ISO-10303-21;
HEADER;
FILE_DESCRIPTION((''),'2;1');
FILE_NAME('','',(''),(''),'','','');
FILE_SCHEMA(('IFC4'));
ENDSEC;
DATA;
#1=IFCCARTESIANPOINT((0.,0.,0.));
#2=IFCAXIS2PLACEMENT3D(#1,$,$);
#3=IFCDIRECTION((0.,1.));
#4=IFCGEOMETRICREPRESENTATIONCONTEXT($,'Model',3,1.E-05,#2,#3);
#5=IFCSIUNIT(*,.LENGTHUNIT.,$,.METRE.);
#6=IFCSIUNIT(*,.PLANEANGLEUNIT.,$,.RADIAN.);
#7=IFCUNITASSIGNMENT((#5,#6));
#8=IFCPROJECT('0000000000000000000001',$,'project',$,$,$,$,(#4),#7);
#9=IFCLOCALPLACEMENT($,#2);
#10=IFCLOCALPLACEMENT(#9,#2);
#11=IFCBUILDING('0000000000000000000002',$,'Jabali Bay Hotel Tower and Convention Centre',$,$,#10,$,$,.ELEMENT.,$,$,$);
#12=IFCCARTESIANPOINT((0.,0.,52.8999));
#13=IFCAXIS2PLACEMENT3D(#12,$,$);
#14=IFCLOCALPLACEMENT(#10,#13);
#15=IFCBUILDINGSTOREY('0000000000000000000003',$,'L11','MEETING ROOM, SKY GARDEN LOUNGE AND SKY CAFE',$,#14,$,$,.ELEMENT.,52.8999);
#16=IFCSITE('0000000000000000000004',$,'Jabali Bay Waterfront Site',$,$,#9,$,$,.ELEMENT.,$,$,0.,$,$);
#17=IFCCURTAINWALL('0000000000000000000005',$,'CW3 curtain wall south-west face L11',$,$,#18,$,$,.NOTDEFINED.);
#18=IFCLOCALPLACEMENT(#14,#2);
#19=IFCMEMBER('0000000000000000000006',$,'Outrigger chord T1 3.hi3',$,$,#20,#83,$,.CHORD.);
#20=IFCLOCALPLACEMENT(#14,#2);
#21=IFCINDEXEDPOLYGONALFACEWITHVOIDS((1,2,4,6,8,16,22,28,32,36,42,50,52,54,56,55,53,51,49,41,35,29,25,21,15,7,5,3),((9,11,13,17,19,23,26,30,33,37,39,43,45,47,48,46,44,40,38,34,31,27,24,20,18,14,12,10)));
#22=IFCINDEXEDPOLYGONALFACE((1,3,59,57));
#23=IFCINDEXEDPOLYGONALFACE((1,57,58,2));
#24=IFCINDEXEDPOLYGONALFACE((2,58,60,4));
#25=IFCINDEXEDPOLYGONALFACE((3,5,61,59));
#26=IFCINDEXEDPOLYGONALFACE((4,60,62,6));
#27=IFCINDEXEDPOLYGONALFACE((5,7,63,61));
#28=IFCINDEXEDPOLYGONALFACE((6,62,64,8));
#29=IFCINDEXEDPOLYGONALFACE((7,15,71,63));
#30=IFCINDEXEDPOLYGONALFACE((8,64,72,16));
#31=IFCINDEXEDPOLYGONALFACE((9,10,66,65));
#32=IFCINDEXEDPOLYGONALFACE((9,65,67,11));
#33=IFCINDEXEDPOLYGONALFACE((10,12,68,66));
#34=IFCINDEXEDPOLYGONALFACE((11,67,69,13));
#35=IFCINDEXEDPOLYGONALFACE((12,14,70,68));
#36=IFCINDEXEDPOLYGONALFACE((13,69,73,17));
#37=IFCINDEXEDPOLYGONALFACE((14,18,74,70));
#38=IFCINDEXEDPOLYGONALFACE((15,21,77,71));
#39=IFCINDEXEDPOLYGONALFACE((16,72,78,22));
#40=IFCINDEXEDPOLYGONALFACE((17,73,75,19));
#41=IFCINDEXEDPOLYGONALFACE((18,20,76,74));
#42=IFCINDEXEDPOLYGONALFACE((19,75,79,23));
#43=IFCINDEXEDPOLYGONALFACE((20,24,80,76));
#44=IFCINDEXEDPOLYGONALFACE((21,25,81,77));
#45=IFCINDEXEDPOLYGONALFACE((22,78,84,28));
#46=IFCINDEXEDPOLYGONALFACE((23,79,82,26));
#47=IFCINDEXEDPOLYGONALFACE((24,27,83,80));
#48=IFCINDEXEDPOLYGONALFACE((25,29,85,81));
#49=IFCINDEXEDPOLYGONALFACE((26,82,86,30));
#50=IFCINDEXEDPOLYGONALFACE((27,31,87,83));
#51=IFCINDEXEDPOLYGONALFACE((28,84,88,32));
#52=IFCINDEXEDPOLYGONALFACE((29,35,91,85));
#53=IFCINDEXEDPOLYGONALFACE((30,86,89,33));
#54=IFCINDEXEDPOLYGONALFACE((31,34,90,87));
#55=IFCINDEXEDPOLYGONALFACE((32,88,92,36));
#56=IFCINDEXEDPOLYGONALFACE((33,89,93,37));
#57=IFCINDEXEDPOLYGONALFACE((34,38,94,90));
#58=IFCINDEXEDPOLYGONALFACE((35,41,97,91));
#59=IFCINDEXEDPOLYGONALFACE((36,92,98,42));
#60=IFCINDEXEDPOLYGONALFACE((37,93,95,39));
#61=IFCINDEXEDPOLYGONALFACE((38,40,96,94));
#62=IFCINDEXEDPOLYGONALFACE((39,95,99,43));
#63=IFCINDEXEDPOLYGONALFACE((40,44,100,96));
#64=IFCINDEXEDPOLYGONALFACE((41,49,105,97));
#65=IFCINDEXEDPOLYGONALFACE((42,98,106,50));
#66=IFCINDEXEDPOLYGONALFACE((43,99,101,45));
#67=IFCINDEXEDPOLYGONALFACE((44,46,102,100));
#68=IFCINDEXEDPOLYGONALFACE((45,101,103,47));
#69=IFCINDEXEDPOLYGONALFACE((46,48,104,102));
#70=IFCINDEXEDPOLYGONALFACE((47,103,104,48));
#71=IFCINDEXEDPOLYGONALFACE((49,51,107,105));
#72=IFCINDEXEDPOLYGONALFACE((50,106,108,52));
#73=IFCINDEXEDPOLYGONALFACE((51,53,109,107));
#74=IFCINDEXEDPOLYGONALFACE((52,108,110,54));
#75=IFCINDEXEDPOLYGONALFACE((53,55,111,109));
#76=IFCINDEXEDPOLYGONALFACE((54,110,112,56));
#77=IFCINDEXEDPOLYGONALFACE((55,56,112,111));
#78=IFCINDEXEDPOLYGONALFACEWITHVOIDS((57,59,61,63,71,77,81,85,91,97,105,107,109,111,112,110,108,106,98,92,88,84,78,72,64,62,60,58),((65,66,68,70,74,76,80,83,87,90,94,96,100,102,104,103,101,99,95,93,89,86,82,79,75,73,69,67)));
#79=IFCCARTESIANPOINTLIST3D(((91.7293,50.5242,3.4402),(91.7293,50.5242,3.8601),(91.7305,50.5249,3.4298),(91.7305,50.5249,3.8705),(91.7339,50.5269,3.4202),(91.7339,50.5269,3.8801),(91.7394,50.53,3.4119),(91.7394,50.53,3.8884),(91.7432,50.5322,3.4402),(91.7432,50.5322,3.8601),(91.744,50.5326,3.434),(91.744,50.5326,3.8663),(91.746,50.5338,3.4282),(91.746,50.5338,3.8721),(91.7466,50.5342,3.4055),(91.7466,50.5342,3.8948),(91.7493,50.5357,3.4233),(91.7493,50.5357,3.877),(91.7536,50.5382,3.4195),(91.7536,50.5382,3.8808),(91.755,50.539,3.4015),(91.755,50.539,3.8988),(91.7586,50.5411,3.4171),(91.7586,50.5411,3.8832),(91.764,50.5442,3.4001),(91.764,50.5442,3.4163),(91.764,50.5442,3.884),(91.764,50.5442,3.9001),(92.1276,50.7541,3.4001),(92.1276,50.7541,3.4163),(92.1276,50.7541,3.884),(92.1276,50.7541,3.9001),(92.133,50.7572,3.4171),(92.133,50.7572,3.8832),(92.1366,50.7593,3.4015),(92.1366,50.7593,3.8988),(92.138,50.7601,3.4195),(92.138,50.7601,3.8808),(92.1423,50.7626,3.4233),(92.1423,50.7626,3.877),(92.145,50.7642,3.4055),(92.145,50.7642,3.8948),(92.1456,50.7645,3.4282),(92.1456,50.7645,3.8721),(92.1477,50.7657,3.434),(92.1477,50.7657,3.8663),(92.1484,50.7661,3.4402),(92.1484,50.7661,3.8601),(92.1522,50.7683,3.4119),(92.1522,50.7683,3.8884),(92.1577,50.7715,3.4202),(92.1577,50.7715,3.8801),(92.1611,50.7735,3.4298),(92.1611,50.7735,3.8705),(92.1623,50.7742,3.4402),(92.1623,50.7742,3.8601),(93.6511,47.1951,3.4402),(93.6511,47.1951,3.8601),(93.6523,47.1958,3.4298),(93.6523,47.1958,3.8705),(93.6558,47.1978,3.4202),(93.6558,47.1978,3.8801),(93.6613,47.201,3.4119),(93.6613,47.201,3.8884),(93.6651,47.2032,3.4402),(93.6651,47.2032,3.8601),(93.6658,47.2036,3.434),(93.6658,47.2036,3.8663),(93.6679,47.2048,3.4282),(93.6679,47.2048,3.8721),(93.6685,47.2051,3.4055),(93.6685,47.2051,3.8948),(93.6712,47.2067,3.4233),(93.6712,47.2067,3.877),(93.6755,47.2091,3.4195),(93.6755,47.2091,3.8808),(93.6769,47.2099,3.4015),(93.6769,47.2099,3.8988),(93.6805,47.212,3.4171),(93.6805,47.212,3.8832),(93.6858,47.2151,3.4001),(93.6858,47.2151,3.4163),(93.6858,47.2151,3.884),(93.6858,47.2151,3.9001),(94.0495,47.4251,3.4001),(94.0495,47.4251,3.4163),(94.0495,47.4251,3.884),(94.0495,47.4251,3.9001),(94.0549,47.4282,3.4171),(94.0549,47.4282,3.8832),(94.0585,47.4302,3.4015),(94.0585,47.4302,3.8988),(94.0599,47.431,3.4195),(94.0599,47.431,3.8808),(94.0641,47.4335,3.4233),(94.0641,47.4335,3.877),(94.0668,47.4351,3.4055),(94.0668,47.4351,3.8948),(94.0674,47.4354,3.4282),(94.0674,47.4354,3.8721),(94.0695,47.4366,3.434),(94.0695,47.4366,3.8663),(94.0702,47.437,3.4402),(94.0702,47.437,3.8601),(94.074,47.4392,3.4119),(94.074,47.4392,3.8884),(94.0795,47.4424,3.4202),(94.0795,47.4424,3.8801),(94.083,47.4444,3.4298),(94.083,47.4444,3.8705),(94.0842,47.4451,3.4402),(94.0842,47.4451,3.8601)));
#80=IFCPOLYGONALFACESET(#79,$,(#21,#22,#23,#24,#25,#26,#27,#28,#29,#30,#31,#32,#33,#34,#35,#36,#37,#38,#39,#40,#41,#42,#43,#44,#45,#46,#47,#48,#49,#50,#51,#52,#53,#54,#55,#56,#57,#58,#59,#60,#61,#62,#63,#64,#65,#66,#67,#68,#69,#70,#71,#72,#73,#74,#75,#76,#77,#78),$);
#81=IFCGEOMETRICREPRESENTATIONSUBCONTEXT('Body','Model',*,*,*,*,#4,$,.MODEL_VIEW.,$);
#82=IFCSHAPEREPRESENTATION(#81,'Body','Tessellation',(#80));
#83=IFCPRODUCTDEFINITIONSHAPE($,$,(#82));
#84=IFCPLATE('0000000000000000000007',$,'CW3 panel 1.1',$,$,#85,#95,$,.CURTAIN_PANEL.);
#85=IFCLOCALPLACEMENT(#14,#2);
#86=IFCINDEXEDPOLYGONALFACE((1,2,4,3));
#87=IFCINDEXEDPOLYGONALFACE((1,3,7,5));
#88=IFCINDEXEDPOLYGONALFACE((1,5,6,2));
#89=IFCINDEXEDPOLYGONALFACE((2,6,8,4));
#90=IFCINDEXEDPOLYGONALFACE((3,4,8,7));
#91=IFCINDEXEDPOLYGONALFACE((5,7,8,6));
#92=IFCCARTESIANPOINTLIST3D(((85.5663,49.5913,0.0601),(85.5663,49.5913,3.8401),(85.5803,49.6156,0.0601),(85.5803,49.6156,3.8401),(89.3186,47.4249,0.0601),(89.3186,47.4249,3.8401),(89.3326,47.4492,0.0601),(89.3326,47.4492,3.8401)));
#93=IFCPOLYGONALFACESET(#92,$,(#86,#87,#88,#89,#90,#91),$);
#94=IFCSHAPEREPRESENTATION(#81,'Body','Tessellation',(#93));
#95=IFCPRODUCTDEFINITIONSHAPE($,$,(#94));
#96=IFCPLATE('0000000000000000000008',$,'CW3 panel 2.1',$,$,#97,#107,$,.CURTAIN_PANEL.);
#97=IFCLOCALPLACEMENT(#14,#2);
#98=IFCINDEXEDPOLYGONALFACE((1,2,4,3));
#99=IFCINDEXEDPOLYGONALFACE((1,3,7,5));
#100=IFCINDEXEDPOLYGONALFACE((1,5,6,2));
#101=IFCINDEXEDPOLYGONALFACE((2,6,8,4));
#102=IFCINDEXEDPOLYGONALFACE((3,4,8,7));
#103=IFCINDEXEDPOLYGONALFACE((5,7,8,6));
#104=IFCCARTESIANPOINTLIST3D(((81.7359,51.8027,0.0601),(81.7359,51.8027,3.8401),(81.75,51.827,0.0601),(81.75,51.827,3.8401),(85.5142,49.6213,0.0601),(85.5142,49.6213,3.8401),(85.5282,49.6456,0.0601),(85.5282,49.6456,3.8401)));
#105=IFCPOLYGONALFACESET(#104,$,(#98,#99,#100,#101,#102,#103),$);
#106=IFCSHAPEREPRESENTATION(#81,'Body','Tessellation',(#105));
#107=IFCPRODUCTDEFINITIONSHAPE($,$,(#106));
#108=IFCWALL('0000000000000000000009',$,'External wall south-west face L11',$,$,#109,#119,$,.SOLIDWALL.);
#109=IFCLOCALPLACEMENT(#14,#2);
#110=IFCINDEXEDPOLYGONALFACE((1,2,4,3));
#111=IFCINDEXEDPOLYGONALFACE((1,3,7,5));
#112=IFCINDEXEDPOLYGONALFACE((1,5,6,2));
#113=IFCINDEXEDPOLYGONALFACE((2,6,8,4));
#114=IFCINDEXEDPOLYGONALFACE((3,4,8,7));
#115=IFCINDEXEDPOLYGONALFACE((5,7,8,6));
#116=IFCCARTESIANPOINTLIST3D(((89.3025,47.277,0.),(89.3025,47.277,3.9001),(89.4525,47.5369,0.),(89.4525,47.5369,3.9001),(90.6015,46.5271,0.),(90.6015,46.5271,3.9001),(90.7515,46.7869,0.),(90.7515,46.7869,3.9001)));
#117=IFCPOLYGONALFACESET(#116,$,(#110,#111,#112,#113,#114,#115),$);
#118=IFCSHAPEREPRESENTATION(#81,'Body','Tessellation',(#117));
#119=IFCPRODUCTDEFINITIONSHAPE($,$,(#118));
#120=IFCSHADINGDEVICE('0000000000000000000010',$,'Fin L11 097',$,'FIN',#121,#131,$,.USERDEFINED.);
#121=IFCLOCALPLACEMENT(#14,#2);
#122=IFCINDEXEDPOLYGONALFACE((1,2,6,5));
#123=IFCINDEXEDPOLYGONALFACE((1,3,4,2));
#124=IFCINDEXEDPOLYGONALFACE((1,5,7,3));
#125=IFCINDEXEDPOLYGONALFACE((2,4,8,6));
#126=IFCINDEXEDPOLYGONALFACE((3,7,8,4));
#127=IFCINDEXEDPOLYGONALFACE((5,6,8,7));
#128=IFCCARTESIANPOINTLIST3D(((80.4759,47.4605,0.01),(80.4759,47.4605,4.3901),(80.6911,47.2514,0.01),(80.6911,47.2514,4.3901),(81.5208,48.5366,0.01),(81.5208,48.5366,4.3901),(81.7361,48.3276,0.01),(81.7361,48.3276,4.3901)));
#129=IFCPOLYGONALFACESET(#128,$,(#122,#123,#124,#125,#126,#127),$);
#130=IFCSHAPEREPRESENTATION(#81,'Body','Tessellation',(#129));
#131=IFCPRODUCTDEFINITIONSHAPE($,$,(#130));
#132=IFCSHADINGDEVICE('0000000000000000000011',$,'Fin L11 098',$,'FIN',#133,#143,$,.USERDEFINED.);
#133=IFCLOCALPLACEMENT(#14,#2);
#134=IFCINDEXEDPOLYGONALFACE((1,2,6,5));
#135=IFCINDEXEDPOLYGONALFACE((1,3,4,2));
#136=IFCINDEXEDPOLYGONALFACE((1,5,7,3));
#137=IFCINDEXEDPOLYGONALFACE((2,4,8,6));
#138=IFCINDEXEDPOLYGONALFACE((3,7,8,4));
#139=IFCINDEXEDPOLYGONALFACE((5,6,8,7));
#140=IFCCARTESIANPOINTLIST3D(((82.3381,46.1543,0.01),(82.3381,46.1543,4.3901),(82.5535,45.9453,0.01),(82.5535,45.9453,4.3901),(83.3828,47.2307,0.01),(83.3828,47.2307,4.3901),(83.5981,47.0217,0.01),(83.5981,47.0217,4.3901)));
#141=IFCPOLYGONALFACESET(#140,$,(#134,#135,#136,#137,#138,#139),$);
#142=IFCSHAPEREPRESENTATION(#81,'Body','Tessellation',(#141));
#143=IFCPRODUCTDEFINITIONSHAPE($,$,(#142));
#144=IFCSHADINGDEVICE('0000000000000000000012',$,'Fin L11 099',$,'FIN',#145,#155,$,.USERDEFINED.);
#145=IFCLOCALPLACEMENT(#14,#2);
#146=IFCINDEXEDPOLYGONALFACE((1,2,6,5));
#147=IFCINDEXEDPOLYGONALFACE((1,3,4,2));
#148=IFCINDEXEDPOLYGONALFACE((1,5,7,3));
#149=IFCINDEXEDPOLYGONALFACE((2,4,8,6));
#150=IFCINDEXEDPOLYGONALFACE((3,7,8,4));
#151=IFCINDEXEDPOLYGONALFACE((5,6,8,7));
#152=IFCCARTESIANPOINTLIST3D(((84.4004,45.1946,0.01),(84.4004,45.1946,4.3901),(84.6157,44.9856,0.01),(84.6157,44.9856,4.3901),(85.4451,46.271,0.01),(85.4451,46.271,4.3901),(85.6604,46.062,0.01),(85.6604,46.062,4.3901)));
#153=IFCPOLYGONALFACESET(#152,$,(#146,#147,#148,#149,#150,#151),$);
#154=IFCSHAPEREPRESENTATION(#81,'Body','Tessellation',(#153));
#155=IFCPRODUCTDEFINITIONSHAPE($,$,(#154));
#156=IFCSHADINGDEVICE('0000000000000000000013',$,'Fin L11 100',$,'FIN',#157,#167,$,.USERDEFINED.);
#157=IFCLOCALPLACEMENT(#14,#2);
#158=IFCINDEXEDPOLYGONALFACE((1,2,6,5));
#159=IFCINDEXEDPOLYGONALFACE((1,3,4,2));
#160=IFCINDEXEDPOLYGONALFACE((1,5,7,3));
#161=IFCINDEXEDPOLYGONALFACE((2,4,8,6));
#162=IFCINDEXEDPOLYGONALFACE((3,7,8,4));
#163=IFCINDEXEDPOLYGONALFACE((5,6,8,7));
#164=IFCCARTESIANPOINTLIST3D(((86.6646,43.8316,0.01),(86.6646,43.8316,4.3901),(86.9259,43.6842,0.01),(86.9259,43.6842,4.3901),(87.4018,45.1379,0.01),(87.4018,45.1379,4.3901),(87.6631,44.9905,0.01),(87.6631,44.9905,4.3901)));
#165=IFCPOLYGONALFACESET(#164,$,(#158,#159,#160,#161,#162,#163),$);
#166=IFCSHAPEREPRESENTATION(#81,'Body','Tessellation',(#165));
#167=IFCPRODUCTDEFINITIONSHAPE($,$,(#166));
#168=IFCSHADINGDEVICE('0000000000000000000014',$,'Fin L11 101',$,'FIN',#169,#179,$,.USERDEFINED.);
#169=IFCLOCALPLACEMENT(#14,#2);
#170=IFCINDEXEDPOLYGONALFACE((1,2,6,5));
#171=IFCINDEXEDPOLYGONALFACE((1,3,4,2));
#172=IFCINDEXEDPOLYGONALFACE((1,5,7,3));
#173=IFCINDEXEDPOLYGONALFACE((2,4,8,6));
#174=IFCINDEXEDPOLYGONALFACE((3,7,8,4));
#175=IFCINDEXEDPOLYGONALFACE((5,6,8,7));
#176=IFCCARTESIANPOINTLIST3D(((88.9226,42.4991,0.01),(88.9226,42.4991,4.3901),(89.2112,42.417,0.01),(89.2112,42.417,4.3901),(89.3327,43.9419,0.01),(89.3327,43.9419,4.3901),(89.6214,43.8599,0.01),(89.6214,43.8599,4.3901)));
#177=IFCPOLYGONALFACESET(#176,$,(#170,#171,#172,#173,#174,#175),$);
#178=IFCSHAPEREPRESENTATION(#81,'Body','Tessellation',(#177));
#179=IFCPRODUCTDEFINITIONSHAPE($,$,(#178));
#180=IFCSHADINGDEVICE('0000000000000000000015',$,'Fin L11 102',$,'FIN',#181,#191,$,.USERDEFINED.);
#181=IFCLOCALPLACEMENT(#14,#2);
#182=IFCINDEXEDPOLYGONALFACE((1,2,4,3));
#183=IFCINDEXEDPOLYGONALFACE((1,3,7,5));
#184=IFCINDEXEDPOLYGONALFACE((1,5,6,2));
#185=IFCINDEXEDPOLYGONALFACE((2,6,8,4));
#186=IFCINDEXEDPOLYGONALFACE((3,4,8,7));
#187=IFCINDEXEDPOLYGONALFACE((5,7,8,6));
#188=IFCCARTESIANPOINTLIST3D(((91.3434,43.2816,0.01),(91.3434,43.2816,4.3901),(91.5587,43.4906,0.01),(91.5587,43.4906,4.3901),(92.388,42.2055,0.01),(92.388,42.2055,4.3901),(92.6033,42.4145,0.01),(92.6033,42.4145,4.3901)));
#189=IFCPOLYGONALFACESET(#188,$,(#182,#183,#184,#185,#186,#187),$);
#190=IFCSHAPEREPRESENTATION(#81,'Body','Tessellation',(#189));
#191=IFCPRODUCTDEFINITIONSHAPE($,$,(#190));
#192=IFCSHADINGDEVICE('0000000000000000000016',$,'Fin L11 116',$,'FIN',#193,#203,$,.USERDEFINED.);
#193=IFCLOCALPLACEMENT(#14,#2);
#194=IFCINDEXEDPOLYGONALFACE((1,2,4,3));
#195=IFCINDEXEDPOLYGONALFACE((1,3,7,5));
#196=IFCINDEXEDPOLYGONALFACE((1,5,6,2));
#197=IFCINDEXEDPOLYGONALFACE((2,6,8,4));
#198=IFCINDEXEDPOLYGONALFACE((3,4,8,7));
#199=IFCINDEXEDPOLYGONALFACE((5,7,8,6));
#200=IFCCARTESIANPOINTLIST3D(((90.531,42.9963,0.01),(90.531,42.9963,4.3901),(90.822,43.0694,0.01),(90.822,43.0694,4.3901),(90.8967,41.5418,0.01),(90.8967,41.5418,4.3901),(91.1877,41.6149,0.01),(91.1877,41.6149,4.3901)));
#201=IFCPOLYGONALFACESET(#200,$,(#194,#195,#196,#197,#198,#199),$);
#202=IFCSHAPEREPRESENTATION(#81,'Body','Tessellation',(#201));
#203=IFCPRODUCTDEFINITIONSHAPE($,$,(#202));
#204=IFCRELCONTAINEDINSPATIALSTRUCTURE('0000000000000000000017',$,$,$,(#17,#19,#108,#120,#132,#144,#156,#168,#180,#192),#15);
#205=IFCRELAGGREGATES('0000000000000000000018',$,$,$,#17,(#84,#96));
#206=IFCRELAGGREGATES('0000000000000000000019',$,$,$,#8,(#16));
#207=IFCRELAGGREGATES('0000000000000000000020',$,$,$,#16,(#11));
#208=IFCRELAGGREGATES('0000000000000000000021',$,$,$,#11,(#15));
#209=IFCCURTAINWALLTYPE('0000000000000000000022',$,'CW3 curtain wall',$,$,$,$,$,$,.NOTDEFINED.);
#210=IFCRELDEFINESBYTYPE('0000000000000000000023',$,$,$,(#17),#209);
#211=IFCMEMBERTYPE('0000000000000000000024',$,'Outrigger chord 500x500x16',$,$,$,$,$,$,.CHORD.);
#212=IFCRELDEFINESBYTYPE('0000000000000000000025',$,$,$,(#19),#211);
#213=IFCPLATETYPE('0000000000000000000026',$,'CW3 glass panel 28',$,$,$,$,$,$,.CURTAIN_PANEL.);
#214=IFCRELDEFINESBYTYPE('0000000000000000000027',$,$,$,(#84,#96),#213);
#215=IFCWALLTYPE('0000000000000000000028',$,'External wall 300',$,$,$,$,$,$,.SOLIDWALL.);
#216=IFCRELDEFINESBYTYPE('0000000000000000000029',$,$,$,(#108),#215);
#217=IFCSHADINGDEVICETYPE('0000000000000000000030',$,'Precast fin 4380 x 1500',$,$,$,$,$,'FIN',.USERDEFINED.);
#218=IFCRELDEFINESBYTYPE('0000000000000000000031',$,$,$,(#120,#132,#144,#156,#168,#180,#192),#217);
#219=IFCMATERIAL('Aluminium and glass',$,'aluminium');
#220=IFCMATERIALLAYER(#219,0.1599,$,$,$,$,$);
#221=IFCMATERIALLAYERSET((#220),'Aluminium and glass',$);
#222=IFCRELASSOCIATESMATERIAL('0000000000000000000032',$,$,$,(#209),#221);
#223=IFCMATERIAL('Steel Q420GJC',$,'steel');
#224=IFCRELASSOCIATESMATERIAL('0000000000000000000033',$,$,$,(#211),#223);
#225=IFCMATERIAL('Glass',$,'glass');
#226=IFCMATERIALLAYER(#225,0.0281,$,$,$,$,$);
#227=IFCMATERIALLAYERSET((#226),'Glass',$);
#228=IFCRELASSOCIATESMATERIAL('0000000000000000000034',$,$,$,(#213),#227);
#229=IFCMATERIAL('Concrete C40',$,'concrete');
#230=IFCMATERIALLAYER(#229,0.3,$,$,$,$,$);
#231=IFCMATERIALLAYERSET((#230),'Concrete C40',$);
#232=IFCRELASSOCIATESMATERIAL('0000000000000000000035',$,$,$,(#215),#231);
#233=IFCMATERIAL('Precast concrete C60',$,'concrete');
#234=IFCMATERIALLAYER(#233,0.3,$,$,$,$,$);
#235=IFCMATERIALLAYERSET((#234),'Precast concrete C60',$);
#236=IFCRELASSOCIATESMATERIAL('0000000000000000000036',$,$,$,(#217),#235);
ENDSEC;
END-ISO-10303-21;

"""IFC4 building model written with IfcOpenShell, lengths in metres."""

from ifc_helpers import new_model, si_unit, direction, frame, frame_2d, origin, origin_2d, place, context, subcontext, project, spatial, rectangle, hollow_rectangle, extrude, material, layer, layer_set, material_profile, profile_set, type_object, element, aggregate, save


model = new_model("IFC4")

# Units and contexts
model_context = context("Model", 3, precision=1e-05, world=origin(), true_north=direction((0.0, 1.0)))
body_context = subcontext(model_context, "Body", "Model", "MODEL_VIEW")
ifc_project = project(units=[si_unit("LENGTHUNIT", "METRE"), si_unit("PLANEANGLEUNIT", "RADIAN")], contexts=[model_context])

# Site, building, storey
site_placement = place(None, origin())
site = spatial("IfcSite", under=ifc_project, at=site_placement, Name="Jabali Bay Waterfront Site", CompositionType="ELEMENT", RefElevation=0.0)
building_placement = place(site_placement, origin())
building = spatial("IfcBuilding", under=site, at=building_placement, Name="Jabali Bay Hotel Tower and Convention Centre", CompositionType="ELEMENT")
storey_placement = place(building_placement, frame((0.0, 0.0, 52.8999)))
storey = spatial("IfcBuildingStorey", under=building, at=storey_placement, Name="L11", Description="MEETING ROOM, SKY GARDEN LOUNGE AND SKY CAFE", CompositionType="ELEMENT", Elevation=52.8999)

# Shared definitions
ifc_material_1 = material(Name="Steel Q420GJC", Category="steel")

# Curtain wall
ifc_material_2 = material(Name="Aluminium and glass", Category="aluminium")
ifc_layer_1 = layer(ifc_material_2, 0.1599)
ifc_layer_set_1 = layer_set([ifc_layer_1], Name="Aluminium and glass")
curtain_wall_type = type_object("IfcCurtainWallType", Name="CW3 curtain wall", PredefinedType="NOTDEFINED", material=ifc_layer_set_1)
curtain_wall_placement = place(storey_placement, origin())
curtain_wall = element("IfcCurtainWall", 1, at=curtain_wall_placement, inside=storey, type_object=curtain_wall_type, Name="CW3 curtain wall south-west face L11", PredefinedType="NOTDEFINED")

# Member
ifc_material_profile_1 = material_profile(ifc_material_1, hollow_rectangle(XDim=0.5, YDim=0.5, WallThickness=0.0161, InnerFilletRadius=0.0239, OuterFilletRadius=0.04, at=origin_2d()), Name="Outrigger chord 500x500x16")
ifc_profile_set_1 = profile_set([ifc_material_profile_1], Name="Steel Q420GJC")
member_type_1 = type_object("IfcMemberType", Name="Outrigger chord 500x500x16", PredefinedType="CHORD", material=ifc_profile_set_1)
member_1_placement = place(storey_placement, frame((91.9458, 50.6492, 3.6501), z_axis=(0.499964, -0.866046, 0.0), x_axis=(0.866046, 0.499964, 0.0)))
element("IfcMember", 2, at=member_1_placement, inside=storey, type_object=member_type_1, Name="Outrigger chord T1 3.hi3", PredefinedType="CHORD", context=body_context, shape_type="SweptSolid", body=[
    extrude(hollow_rectangle(XDim=0.5, YDim=0.5, WallThickness=0.0161, InnerFilletRadius=0.0239, OuterFilletRadius=0.04, at=origin_2d()), origin(), (0.0, 0.0, 1.0), 3.844),
])

# Plates
ifc_material_3 = material(Name="Glass", Category="glass")
ifc_layer_2 = layer(ifc_material_3, 0.0281)
ifc_layer_set_2 = layer_set([ifc_layer_2], Name="Glass")
plate_type = type_object("IfcPlateType", Name="CW3 glass panel 28", PredefinedType="CURTAIN_PANEL", material=ifc_layer_set_2)
plate_1_placement = place(storey_placement, frame((87.4495, 48.5203, 0.0601), z_axis=(0.0, 0.0, 1.0), x_axis=(-0.866025, 0.5, 0.0)))
plate_1 = element("IfcPlate", 3, at=plate_1_placement, type_object=plate_type, Name="CW3 panel 1.1", PredefinedType="CURTAIN_PANEL", context=body_context, shape_type="SweptSolid", body=[
    extrude(rectangle(XDim=4.3328, YDim=0.0281, at=origin_2d()), origin(), (0.0, 0.0, 1.0), 3.78),
])
plate_2_placement = place(storey_placement, frame((83.6321, 50.7241, 0.0601), z_axis=(0.0, 0.0, 1.0), x_axis=(-0.866025, 0.5, 0.0)))
plate_2 = element("IfcPlate", 4, at=plate_2_placement, type_object=plate_type, Name="CW3 panel 2.1", PredefinedType="CURTAIN_PANEL", context=body_context, shape_type="SweptSolid", body=[
    extrude(rectangle(XDim=4.3628, YDim=0.0281, at=origin_2d()), origin(), (0.0, 0.0, 1.0), 3.78),
])
aggregate(curtain_wall, [plate_1, plate_2])

# Wall
ifc_material_4 = material(Name="Concrete C40", Category="concrete")
ifc_layer_3 = layer(ifc_material_4, 0.3)
ifc_layer_set_3 = layer_set([ifc_layer_3], Name="Concrete C40")
wall_type = type_object("IfcWallType", Name="External wall 300", PredefinedType="SOLIDWALL", material=ifc_layer_set_3)
wall_placement = place(storey_placement, frame((90.6765, 46.657, 0.0), z_axis=(0.0, 0.0, 1.0), x_axis=(-0.866031, 0.49999, 0.0)))
element("IfcWall", 5, at=wall_placement, inside=storey, type_object=wall_type, Name="External wall south-west face L11", PredefinedType="SOLIDWALL", context=body_context, shape_type="SweptSolid", body=[
    extrude(rectangle(XDim=1.5, YDim=0.3, at=frame_2d((0.75, 0.0))), origin(), (0.0, 0.0, 1.0), 3.9001),
])

# Shading devices
ifc_material_5 = material(Name="Precast concrete C60", Category="concrete")
ifc_layer_4 = layer(ifc_material_5, 0.3)
ifc_layer_set_4 = layer_set([ifc_layer_4], Name="Precast concrete C60")
shading_device_type = type_object("IfcShadingDeviceType", Name="Precast fin 4380 x 1500", ElementType="FIN", PredefinedType="USERDEFINED", material=ifc_layer_set_4)
for number, where, z_axis, x_axis, name in (
    (6, (81.6284, 48.4321, 0.01), (0.0, 0.0, 1.0), (-0.696613, -0.717447, 0.0), "Fin L11 097"),
    (7, (83.4905, 47.1262, 0.01), (0.0, 0.0, 1.0), (-0.696448, -0.717607, 0.0), "Fin L11 098"),
    (8, (85.5527, 46.1665, 0.01), (0.0, 0.0, 1.0), (-0.696448, -0.717607, 0.0), "Fin L11 099"),
    (9, (87.5325, 45.0642, 0.01), (0.0, 0.0, 1.0), (-0.491505, -0.870875, 0.0), "Fin L11 100"),
    (10, (89.4771, 43.9009, 0.01), (0.0, 0.0, 1.0), (-0.273431, -0.961892, 0.0), "Fin L11 101"),
):
    element("IfcShadingDevice", number, at=place(storey_placement, frame(where, z_axis=z_axis, x_axis=x_axis)), inside=storey, type_object=shading_device_type, Name=name, ObjectType="FIN", PredefinedType="USERDEFINED", context=body_context, shape_type="SweptSolid", body=[
        extrude(rectangle(XDim=1.5, YDim=0.3, at=frame_2d((0.75, 0.0))), origin(), (0.0, 0.0, 1.0), 4.3801),
    ])
for number, where, z_axis, x_axis, name in (
    (11, (91.4509, 43.3862, 0.01), (0.0, 0.0, 1.0), (0.69653, -0.717528, 0.0), "Fin L11 102"),
    (12, (90.6765, 43.033, 0.01), (0.0, 0.0, 1.0), (0.243838, -0.969816, 0.0), "Fin L11 116"),
):
    element("IfcShadingDevice", number, at=place(storey_placement, frame(where, z_axis=z_axis, x_axis=x_axis)), inside=storey, type_object=shading_device_type, Name=name, ObjectType="FIN", PredefinedType="USERDEFINED", context=body_context, shape_type="SweptSolid", body=[
        extrude(rectangle(XDim=1.4998, YDim=0.3, at=frame_2d((0.75, 0.0))), origin(), (0.0, 0.0, 1.0), 4.3801),
    ])

save(model, "model.ifc")
